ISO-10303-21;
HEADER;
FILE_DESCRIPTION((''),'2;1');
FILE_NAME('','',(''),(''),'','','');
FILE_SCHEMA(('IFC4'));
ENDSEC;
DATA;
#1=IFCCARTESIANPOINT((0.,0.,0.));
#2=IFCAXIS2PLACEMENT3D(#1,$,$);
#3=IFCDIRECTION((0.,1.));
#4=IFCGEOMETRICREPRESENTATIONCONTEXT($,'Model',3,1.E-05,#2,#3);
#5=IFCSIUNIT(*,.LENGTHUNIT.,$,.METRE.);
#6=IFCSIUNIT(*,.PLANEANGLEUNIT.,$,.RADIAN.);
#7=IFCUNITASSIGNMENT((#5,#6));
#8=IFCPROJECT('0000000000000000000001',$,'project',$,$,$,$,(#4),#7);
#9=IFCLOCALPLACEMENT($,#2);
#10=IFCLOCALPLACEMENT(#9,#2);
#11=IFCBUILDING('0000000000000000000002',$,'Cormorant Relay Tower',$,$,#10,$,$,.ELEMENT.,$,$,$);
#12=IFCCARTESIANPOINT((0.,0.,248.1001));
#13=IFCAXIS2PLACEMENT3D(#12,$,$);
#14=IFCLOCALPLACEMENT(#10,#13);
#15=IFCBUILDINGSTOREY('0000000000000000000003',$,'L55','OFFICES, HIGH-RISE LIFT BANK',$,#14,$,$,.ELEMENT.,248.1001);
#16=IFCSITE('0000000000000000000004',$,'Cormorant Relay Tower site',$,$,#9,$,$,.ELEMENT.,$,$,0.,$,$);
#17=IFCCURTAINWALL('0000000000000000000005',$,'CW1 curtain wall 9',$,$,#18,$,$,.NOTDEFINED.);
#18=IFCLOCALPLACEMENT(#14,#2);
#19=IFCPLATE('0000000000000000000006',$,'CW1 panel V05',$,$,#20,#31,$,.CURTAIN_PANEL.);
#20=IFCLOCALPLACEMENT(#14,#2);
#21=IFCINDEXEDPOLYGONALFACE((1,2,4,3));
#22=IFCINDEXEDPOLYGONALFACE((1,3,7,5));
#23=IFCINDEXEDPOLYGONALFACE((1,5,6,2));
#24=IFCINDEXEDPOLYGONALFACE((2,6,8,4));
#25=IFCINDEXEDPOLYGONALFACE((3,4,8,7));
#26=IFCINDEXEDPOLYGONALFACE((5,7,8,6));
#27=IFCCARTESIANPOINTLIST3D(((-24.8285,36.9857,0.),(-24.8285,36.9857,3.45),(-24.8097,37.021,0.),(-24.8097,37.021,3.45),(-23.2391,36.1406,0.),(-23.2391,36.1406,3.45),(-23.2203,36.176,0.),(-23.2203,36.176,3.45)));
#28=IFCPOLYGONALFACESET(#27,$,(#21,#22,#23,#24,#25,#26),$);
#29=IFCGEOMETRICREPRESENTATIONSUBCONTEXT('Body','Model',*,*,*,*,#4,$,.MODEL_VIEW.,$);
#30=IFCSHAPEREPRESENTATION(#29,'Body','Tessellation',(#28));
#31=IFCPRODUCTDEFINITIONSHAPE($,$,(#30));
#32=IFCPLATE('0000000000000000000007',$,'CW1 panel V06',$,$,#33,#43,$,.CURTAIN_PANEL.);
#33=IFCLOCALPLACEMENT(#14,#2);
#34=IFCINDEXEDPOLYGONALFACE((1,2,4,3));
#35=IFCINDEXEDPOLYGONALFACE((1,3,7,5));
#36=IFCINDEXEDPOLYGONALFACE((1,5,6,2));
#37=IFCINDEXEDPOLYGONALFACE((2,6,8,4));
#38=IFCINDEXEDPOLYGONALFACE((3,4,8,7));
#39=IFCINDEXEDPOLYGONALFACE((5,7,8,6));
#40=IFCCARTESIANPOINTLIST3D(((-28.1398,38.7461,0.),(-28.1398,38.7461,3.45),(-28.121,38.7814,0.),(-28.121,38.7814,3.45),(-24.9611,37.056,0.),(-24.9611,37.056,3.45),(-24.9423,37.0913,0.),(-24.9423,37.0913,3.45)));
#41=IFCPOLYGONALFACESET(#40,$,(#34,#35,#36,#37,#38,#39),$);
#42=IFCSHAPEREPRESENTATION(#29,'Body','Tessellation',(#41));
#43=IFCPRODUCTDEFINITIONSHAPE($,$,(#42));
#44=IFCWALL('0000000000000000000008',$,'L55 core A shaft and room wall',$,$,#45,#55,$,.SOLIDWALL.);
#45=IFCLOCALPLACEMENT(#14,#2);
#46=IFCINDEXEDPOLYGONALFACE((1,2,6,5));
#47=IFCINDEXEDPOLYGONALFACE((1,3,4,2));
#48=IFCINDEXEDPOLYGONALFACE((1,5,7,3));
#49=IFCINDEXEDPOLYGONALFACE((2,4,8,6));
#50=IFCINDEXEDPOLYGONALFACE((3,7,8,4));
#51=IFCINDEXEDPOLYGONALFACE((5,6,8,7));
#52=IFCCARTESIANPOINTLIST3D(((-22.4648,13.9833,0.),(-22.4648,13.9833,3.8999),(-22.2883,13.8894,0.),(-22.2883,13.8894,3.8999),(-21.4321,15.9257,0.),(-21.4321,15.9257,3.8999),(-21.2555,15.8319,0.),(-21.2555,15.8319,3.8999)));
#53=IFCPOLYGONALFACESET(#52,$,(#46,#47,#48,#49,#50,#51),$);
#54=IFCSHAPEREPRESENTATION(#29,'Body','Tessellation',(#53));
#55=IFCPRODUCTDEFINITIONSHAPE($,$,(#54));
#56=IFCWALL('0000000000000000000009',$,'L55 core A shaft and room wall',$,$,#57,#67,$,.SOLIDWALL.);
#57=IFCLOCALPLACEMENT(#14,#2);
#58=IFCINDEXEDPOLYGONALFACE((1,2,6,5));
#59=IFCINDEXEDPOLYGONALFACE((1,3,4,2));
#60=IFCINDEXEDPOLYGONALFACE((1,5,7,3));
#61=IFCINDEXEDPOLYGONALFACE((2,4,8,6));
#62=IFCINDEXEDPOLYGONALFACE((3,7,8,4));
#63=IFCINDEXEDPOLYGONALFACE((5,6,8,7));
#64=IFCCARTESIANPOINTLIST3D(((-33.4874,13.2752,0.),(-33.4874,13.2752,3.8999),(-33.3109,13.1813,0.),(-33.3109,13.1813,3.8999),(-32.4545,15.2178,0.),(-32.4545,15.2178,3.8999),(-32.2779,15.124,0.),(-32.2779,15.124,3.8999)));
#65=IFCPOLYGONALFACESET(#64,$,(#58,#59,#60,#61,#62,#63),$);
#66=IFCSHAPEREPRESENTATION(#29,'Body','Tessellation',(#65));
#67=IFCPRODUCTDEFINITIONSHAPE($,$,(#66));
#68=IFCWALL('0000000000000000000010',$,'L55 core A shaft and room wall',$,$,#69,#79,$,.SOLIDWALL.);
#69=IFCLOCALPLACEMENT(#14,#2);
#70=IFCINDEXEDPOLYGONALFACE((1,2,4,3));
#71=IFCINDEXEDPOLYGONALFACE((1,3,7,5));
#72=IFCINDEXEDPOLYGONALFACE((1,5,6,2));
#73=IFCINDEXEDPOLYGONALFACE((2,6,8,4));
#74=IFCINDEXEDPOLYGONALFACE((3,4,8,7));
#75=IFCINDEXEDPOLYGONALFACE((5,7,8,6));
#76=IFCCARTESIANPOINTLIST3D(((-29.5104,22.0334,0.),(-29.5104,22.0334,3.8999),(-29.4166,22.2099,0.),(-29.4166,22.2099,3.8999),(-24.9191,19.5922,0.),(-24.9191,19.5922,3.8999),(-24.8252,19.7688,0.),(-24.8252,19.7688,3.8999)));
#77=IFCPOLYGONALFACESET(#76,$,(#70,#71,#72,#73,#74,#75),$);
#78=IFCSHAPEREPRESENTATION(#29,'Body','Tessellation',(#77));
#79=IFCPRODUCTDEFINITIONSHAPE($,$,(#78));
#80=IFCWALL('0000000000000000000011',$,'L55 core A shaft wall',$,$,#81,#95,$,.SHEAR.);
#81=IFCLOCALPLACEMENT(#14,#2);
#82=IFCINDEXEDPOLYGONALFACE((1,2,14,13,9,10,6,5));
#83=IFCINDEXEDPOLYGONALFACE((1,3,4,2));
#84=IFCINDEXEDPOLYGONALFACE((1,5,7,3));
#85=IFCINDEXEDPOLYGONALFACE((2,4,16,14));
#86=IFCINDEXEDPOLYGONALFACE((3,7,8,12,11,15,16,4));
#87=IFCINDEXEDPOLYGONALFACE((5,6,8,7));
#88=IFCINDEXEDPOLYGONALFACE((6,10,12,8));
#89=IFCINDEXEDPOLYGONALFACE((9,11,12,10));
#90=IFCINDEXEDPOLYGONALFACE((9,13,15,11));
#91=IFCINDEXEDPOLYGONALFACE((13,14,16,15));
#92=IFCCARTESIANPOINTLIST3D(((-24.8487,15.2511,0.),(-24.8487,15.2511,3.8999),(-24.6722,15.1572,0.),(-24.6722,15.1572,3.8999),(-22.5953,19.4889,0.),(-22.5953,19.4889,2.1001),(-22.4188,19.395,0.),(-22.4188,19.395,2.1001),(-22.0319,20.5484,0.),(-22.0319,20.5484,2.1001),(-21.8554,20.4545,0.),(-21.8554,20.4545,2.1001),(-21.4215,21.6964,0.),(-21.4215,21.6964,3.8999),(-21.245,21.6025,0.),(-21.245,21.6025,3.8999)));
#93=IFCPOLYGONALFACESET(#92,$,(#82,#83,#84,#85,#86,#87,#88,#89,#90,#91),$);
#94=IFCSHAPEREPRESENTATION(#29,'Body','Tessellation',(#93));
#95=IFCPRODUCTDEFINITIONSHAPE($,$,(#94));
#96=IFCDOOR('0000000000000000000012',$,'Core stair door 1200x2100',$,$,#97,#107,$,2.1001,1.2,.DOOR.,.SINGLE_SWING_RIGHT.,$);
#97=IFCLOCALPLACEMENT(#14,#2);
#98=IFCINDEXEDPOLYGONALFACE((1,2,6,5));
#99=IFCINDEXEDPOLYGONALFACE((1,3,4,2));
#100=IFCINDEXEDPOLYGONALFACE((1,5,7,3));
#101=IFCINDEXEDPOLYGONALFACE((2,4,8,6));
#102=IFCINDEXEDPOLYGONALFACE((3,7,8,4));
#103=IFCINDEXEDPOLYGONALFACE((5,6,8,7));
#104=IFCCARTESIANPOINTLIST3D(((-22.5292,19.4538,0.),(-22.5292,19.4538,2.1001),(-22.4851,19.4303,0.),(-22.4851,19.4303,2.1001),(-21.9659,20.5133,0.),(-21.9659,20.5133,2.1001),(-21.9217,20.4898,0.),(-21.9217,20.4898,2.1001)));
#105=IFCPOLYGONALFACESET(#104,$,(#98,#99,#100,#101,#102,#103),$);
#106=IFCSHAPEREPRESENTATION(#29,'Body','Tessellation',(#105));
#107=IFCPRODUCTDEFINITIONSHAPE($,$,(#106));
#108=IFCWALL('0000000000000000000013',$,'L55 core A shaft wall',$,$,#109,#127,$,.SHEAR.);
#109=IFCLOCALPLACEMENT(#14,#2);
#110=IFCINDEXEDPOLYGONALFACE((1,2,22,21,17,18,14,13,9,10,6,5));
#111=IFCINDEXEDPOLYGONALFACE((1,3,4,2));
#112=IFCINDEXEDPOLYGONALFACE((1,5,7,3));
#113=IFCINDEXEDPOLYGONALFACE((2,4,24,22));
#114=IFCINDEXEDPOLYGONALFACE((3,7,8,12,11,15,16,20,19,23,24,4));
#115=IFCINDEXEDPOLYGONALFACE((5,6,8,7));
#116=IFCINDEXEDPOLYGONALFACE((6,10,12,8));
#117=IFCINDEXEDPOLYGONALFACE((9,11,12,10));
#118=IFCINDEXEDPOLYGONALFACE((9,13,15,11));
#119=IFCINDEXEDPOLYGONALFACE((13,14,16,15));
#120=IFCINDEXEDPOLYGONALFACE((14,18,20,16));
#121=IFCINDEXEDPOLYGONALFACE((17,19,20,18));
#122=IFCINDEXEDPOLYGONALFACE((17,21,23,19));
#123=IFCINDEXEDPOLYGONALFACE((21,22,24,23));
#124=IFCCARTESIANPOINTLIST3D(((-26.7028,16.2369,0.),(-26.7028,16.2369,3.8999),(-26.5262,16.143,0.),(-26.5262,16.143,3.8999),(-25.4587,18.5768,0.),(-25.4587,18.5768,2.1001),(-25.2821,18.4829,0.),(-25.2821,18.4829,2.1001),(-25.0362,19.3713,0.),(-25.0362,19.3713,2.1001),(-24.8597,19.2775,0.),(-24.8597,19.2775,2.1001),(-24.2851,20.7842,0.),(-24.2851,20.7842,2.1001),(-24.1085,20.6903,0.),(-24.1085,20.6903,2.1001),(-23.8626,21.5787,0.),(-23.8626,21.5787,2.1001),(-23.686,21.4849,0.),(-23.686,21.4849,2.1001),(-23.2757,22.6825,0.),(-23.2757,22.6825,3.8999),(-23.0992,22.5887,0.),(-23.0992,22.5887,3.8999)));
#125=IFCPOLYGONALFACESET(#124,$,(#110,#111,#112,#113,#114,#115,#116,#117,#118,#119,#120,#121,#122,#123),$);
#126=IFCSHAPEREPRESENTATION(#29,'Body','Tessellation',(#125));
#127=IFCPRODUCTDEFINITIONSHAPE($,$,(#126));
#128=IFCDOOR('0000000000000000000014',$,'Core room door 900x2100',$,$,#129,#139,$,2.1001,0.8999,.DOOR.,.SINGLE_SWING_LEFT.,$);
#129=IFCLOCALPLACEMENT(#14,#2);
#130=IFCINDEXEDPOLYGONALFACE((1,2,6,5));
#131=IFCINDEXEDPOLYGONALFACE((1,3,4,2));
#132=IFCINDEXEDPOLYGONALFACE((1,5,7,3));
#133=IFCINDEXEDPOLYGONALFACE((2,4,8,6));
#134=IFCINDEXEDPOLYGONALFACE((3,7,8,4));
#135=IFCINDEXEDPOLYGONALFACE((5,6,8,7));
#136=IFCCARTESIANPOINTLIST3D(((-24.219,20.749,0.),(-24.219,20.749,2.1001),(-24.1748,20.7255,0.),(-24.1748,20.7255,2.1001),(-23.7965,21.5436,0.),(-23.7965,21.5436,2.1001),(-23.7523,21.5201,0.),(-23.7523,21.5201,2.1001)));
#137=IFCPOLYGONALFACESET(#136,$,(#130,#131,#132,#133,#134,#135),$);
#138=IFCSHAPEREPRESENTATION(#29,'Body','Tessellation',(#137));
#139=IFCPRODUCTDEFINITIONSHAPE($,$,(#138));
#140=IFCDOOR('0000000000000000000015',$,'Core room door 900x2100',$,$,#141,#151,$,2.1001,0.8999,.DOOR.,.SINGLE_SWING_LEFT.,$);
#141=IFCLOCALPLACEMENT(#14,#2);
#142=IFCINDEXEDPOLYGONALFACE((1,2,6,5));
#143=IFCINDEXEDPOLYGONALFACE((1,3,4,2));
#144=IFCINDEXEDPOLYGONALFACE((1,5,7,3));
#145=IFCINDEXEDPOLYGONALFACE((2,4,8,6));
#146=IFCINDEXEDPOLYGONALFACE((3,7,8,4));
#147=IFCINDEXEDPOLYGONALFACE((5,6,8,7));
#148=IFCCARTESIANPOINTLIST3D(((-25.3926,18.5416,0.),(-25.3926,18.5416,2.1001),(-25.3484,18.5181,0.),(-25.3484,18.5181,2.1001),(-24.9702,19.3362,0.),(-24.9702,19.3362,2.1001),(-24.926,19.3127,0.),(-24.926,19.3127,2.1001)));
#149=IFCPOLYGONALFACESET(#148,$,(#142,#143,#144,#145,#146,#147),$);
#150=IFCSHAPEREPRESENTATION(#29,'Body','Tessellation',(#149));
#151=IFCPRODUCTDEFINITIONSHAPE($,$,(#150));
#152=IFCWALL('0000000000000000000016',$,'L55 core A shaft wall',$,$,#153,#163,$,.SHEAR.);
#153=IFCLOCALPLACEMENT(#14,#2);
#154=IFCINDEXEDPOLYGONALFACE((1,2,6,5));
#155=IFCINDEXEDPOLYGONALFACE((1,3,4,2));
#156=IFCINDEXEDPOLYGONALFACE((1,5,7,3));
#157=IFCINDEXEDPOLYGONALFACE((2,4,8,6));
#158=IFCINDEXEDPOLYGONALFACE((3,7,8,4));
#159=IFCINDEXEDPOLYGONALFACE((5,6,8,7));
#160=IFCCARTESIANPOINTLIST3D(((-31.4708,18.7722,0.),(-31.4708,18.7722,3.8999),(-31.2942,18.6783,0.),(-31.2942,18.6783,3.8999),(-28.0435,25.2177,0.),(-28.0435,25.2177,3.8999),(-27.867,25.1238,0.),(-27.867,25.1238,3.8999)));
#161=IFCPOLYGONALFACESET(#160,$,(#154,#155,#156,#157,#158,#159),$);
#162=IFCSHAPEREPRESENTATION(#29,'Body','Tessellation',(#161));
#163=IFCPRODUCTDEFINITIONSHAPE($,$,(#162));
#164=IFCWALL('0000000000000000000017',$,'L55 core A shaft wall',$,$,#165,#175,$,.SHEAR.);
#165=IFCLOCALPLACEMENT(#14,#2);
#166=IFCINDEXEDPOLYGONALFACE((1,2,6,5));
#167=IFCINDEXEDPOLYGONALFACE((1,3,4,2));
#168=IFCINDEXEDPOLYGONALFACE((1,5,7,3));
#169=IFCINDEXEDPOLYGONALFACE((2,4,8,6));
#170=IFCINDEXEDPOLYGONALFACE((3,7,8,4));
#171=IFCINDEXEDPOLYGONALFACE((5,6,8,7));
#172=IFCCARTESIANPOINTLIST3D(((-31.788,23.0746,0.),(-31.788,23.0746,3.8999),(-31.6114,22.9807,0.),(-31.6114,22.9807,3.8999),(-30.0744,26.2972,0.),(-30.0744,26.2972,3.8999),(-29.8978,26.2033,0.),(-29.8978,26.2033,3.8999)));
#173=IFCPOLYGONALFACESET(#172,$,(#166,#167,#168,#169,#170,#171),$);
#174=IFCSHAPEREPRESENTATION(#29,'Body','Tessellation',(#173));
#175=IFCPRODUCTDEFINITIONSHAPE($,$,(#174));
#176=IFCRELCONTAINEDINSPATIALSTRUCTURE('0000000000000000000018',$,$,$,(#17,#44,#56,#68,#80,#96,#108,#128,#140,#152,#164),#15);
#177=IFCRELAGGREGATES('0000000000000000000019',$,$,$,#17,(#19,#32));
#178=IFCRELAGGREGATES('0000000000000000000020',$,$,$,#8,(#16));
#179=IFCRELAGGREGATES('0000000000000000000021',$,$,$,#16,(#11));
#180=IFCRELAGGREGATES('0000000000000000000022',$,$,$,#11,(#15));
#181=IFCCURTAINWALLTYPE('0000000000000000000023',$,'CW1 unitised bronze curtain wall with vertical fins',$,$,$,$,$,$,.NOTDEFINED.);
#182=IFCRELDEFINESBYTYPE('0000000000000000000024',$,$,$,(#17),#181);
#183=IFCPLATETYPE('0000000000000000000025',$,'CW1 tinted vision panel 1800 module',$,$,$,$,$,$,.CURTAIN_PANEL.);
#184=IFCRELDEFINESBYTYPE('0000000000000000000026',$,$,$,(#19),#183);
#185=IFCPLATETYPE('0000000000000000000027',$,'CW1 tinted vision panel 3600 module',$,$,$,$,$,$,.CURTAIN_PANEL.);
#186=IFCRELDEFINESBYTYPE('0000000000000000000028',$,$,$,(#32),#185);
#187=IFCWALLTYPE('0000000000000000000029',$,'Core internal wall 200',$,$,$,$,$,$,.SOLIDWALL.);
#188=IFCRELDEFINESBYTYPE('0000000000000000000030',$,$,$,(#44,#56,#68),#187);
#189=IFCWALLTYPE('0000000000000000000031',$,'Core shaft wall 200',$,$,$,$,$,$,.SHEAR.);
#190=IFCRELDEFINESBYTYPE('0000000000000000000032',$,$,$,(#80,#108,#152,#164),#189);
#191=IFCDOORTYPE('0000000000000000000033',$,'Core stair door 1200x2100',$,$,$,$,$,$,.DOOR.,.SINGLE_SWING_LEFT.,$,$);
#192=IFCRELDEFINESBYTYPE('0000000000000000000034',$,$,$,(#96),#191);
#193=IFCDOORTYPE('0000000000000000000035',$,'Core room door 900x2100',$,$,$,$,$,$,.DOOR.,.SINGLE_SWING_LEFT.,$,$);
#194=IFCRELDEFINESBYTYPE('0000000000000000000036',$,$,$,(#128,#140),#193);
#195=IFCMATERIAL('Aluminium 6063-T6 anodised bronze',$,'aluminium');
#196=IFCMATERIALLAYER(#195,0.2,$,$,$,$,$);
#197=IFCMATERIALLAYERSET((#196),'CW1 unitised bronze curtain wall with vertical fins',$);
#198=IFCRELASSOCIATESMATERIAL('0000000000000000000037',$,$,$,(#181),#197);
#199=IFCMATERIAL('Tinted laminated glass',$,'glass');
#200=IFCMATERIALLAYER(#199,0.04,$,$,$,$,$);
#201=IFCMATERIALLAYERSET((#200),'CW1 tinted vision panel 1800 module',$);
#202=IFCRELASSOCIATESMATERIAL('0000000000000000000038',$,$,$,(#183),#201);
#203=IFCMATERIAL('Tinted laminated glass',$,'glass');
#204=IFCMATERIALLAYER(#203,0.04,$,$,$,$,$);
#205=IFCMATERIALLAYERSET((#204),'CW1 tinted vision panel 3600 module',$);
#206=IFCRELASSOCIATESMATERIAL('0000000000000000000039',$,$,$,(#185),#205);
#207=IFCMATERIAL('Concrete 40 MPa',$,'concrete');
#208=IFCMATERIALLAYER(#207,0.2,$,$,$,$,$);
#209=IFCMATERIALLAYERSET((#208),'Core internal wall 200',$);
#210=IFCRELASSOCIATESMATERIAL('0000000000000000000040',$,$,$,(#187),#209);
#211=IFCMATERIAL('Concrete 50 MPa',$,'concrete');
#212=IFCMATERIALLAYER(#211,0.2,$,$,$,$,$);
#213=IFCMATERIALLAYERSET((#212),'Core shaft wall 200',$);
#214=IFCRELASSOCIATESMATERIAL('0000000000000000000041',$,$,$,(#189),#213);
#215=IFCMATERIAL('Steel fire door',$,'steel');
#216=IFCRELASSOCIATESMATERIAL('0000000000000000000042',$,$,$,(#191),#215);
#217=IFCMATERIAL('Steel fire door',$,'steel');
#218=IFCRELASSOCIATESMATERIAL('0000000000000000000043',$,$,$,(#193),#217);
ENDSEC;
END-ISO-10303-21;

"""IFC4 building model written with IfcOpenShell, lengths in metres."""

from ifc_helpers import new_model, si_unit, direction, frame, frame_2d, origin, origin_2d, place, context, subcontext, project, spatial, rectangle, extrude, material, layer, layer_set, type_object, element, fill, aggregate, save


model = new_model("IFC4")

# Units and contexts
model_context = context("Model", 3, precision=1e-05, world=origin(), true_north=direction((0.0, 1.0)))
body_context = subcontext(model_context, "Body", "Model", "MODEL_VIEW")
ifc_project = project(units=[si_unit("LENGTHUNIT", "METRE"), si_unit("PLANEANGLEUNIT", "RADIAN")], contexts=[model_context])

# Site, building, storey
site_placement = place(None, origin())
site = spatial("IfcSite", under=ifc_project, at=site_placement, Name="Cormorant Relay Tower site", CompositionType="ELEMENT", RefElevation=0.0)
building_placement = place(site_placement, origin())
building = spatial("IfcBuilding", under=site, at=building_placement, Name="Cormorant Relay Tower", CompositionType="ELEMENT")
storey_placement = place(building_placement, frame((0.0, 0.0, 248.1001)))
storey = spatial("IfcBuildingStorey", under=building, at=storey_placement, Name="L55", Description="OFFICES, HIGH-RISE LIFT BANK", CompositionType="ELEMENT", Elevation=248.1001)

# Curtain wall
ifc_material_1 = material(Name="Aluminium 6063-T6 anodised bronze", Category="aluminium")
ifc_layer_1 = layer(ifc_material_1, 0.2)
ifc_layer_set_1 = layer_set([ifc_layer_1], Name="CW1 unitised bronze curtain wall with vertical fins")
curtain_wall_type = type_object("IfcCurtainWallType", Name="CW1 unitised bronze curtain wall with vertical fins", PredefinedType="NOTDEFINED", material=ifc_layer_set_1)
curtain_wall_1_placement = place(storey_placement, origin())
curtain_wall_1 = element("IfcCurtainWall", 1, at=curtain_wall_1_placement, inside=storey, type_object=curtain_wall_type, Name="CW1 curtain wall 9", PredefinedType="NOTDEFINED")

# Plates
ifc_material_2 = material(Name="Tinted laminated glass", Category="glass")
ifc_layer_2 = layer(ifc_material_2, 0.04)
ifc_layer_set_2 = layer_set([ifc_layer_2], Name="CW1 tinted vision panel 1800 module")
plate_type_1 = type_object("IfcPlateType", Name="CW1 tinted vision panel 1800 module", PredefinedType="CURTAIN_PANEL", material=ifc_layer_set_2)
plate_1_placement = place(storey_placement, frame((-24.0244, 36.5808, 0.0), z_axis=(0.0, 0.0, 1.0), x_axis=(-0.882948, 0.469472, 0.0)))
plate_1 = element("IfcPlate", 2, at=plate_1_placement, type_object=plate_type_1, Name="CW1 panel V05", PredefinedType="CURTAIN_PANEL", context=body_context, shape_type="SweptSolid", body=[
    extrude(rectangle(XDim=1.8, YDim=0.04, at=origin_2d()), origin(), (0.0, 0.0, 1.0), 3.45),
])
ifc_material_3 = material(Name="Tinted laminated glass", Category="glass")
ifc_layer_3 = layer(ifc_material_3, 0.04)
ifc_layer_set_3 = layer_set([ifc_layer_3], Name="CW1 tinted vision panel 3600 module")
plate_type_2 = type_object("IfcPlateType", Name="CW1 tinted vision panel 3600 module", PredefinedType="CURTAIN_PANEL", material=ifc_layer_set_3)
plate_2_placement = place(storey_placement, frame((-26.541, 37.9187, 0.0), z_axis=(0.0, 0.0, 1.0), x_axis=(-0.882948, 0.469472, 0.0)))
plate_2 = element("IfcPlate", 3, at=plate_2_placement, type_object=plate_type_2, Name="CW1 panel V06", PredefinedType="CURTAIN_PANEL", context=body_context, shape_type="SweptSolid", body=[
    extrude(rectangle(XDim=3.6001, YDim=0.04, at=origin_2d()), origin(), (0.0, 0.0, 1.0), 3.45),
])

# Walls
ifc_material_4 = material(Name="Concrete 40 MPa", Category="concrete")
ifc_layer_4 = layer(ifc_material_4, 0.2)
ifc_layer_set_4 = layer_set([ifc_layer_4], Name="Core internal wall 200")
wall_type_1 = type_object("IfcWallType", Name="Core internal wall 200", PredefinedType="SOLIDWALL", material=ifc_layer_set_4)
wall_1_placement = place(storey_placement, frame((-21.3438, 15.8789, 0.0), z_axis=(0.0, 0.0, 1.0), x_axis=(-0.469447, -0.88296, 0.0)))
element("IfcWall", 4, at=wall_1_placement, inside=storey, type_object=wall_type_1, Name="L55 core A shaft and room wall", PredefinedType="SOLIDWALL", context=body_context, shape_type="SweptSolid", body=[
    extrude(rectangle(XDim=2.2, YDim=0.2, at=frame_2d((1.1001, 0.0))), origin(), (0.0, 0.0, 1.0), 3.8999),
])
wall_2_placement = place(storey_placement, frame((-32.3662, 15.1709, 0.0), z_axis=(0.0, 0.0, 1.0), x_axis=(-0.469488, -0.882939, 0.0)))
element("IfcWall", 5, at=wall_2_placement, inside=storey, type_object=wall_type_1, Name="L55 core A shaft and room wall", PredefinedType="SOLIDWALL", context=body_context, shape_type="SweptSolid", body=[
    extrude(rectangle(XDim=2.2002, YDim=0.2, at=frame_2d((1.1001, 0.0))), origin(), (0.0, 0.0, 1.0), 3.8999),
])
wall_3_placement = place(storey_placement, frame((-24.8721, 19.6804, 0.0), z_axis=(0.0, 0.0, 1.0), x_axis=(-0.882954, 0.46946, 0.0)))
element("IfcWall", 6, at=wall_3_placement, inside=storey, type_object=wall_type_1, Name="L55 core A shaft and room wall", PredefinedType="SOLIDWALL", context=body_context, shape_type="SweptSolid", body=[
    extrude(rectangle(XDim=5.2, YDim=0.2, at=frame_2d((2.6001, 0.0))), origin(), (0.0, 0.0, 1.0), 3.8999),
])

# Wall, opening, door
ifc_material_5 = material(Name="Concrete 50 MPa", Category="concrete")
ifc_layer_5 = layer(ifc_material_5, 0.2)
ifc_layer_set_5 = layer_set([ifc_layer_5], Name="Core shaft wall 200")
wall_type_2 = type_object("IfcWallType", Name="Core shaft wall 200", PredefinedType="SHEAR", material=ifc_layer_set_5)
wall_4_placement = place(storey_placement, frame((-21.3333, 21.6494, 0.0), z_axis=(0.0, 0.0, 1.0), x_axis=(-0.469494, -0.882936, 0.0)))
wall_4 = element("IfcWall", 7, at=wall_4_placement, inside=storey, type_object=wall_type_2, Name="L55 core A shaft wall", PredefinedType="SHEAR", context=body_context, shape_type="SweptSolid", body=[
    extrude(rectangle(XDim=7.2998, YDim=0.2, at=frame_2d((3.6499, 0.0))), origin(), (0.0, 0.0, 1.0), 3.8999),
])
opening_1_placement = place(wall_4_placement, frame((1.3, 0.0, 0.0)))
opening_1 = element("IfcOpeningElement", 8, at=opening_1_placement, cuts=wall_4, PredefinedType="OPENING", context=body_context, shape_type="SweptSolid", body=[
    extrude(rectangle(XDim=1.2, YDim=2.1001, at=frame_2d((0.6001, 1.05))), frame((0.0, 0.1099, 0.0), z_axis=(0.0, -1.0, 0.0), x_axis=(1.0, 0.0, 0.0)), (0.0, 0.0, 1.0), 0.22),
])
ifc_material_6 = material(Name="Steel fire door", Category="steel")
door_type_1 = type_object("IfcDoorType", Name="Core stair door 1200x2100", OperationType="SINGLE_SWING_LEFT", PredefinedType="DOOR", material=ifc_material_6)
door_1_placement = place(opening_1_placement, origin())
door_1 = element("IfcDoor", 9, at=door_1_placement, inside=storey, type_object=door_type_1, Name="Core stair door 1200x2100", OperationType="SINGLE_SWING_RIGHT", OverallHeight=2.1001, OverallWidth=1.2, PredefinedType="DOOR", context=body_context, shape_type="SweptSolid", body=[
    extrude(rectangle(XDim=1.2, YDim=2.1001, at=frame_2d((0.6001, 1.05))), frame((0.0, 0.0249, 0.0), z_axis=(0.0, -1.0, 0.0), x_axis=(1.0, 0.0, 0.0)), (0.0, 0.0, 1.0), 0.05),
])
fill(opening_1, door_1)

# Wall, openings, doors
wall_5_placement = place(storey_placement, frame((-23.1875, 22.6355, 0.0), z_axis=(0.0, 0.0, 1.0), x_axis=(-0.469454, -0.882957, 0.0)))
wall_5 = element("IfcWall", 10, at=wall_5_placement, inside=storey, type_object=wall_type_2, Name="L55 core A shaft wall", PredefinedType="SHEAR", context=body_context, shape_type="SweptSolid", body=[
    extrude(rectangle(XDim=7.3, YDim=0.2, at=frame_2d((3.6499, 0.0))), origin(), (0.0, 0.0, 1.0), 3.8999),
])
opening_2_placement = place(wall_5_placement, frame((1.25, 0.0, 0.0)))
opening_2 = element("IfcOpeningElement", 11, at=opening_2_placement, cuts=wall_5, PredefinedType="OPENING", context=body_context, shape_type="SweptSolid", body=[
    extrude(rectangle(XDim=0.8999, YDim=2.1001, at=frame_2d((0.45, 1.05))), frame((0.0, 0.1099, 0.0), z_axis=(0.0, -1.0, 0.0), x_axis=(1.0, 0.0, 0.0)), (0.0, 0.0, 1.0), 0.22),
])
opening_3_placement = place(wall_5_placement, frame((3.75, 0.0, 0.0)))
opening_3 = element("IfcOpeningElement", 12, at=opening_3_placement, cuts=wall_5, PredefinedType="OPENING", context=body_context, shape_type="SweptSolid", body=[
    extrude(rectangle(XDim=0.8999, YDim=2.1001, at=frame_2d((0.45, 1.05))), frame((0.0, 0.1099, 0.0), z_axis=(0.0, -1.0, 0.0), x_axis=(1.0, 0.0, 0.0)), (0.0, 0.0, 1.0), 0.22),
])
ifc_material_7 = material(Name="Steel fire door", Category="steel")
door_type_2 = type_object("IfcDoorType", Name="Core room door 900x2100", OperationType="SINGLE_SWING_LEFT", PredefinedType="DOOR", material=ifc_material_7)
door_2_placement = place(opening_2_placement, origin())
door_2 = element("IfcDoor", 13, at=door_2_placement, inside=storey, type_object=door_type_2, Name="Core room door 900x2100", OperationType="SINGLE_SWING_LEFT", OverallHeight=2.1001, OverallWidth=0.8999, PredefinedType="DOOR", context=body_context, shape_type="SweptSolid", body=[
    extrude(rectangle(XDim=0.8999, YDim=2.1001, at=frame_2d((0.45, 1.05))), frame((0.0, 0.0249, 0.0), z_axis=(0.0, -1.0, 0.0), x_axis=(1.0, 0.0, 0.0)), (0.0, 0.0, 1.0), 0.05),
])
fill(opening_2, door_2)
door_3_placement = place(opening_3_placement, origin())
door_3 = element("IfcDoor", 14, at=door_3_placement, inside=storey, type_object=door_type_2, Name="Core room door 900x2100", OperationType="SINGLE_SWING_LEFT", OverallHeight=2.1001, OverallWidth=0.8999, PredefinedType="DOOR", context=body_context, shape_type="SweptSolid", body=[
    extrude(rectangle(XDim=0.8999, YDim=2.1001, at=frame_2d((0.45, 1.05))), frame((0.0, 0.0249, 0.0), z_axis=(0.0, -1.0, 0.0), x_axis=(1.0, 0.0, 0.0)), (0.0, 0.0, 1.0), 0.05),
])
fill(opening_3, door_3)

# Walls
wall_6_placement = place(storey_placement, frame((-27.9553, 25.1707, 0.0), z_axis=(0.0, 0.0, 1.0), x_axis=(-0.46948, -0.882943, 0.0)))
element("IfcWall", 15, at=wall_6_placement, inside=storey, type_object=wall_type_2, Name="L55 core A shaft wall", PredefinedType="SHEAR", context=body_context, shape_type="SweptSolid", body=[
    extrude(rectangle(XDim=7.3, YDim=0.2, at=frame_2d((3.6499, 0.0))), origin(), (0.0, 0.0, 1.0), 3.8999),
])
wall_7_placement = place(storey_placement, frame((-29.9861, 26.2502, 0.0), z_axis=(0.0, 0.0, 1.0), x_axis=(-0.469494, -0.882936, 0.0)))
element("IfcWall", 16, at=wall_7_placement, inside=storey, type_object=wall_type_2, Name="L55 core A shaft wall", PredefinedType="SHEAR", context=body_context, shape_type="SweptSolid", body=[
    extrude(rectangle(XDim=3.6499, YDim=0.2, at=frame_2d((1.825, 0.0))), origin(), (0.0, 0.0, 1.0), 3.8999),
])

aggregate(curtain_wall_1, [plate_1, plate_2])

save(model, "model.ifc")
